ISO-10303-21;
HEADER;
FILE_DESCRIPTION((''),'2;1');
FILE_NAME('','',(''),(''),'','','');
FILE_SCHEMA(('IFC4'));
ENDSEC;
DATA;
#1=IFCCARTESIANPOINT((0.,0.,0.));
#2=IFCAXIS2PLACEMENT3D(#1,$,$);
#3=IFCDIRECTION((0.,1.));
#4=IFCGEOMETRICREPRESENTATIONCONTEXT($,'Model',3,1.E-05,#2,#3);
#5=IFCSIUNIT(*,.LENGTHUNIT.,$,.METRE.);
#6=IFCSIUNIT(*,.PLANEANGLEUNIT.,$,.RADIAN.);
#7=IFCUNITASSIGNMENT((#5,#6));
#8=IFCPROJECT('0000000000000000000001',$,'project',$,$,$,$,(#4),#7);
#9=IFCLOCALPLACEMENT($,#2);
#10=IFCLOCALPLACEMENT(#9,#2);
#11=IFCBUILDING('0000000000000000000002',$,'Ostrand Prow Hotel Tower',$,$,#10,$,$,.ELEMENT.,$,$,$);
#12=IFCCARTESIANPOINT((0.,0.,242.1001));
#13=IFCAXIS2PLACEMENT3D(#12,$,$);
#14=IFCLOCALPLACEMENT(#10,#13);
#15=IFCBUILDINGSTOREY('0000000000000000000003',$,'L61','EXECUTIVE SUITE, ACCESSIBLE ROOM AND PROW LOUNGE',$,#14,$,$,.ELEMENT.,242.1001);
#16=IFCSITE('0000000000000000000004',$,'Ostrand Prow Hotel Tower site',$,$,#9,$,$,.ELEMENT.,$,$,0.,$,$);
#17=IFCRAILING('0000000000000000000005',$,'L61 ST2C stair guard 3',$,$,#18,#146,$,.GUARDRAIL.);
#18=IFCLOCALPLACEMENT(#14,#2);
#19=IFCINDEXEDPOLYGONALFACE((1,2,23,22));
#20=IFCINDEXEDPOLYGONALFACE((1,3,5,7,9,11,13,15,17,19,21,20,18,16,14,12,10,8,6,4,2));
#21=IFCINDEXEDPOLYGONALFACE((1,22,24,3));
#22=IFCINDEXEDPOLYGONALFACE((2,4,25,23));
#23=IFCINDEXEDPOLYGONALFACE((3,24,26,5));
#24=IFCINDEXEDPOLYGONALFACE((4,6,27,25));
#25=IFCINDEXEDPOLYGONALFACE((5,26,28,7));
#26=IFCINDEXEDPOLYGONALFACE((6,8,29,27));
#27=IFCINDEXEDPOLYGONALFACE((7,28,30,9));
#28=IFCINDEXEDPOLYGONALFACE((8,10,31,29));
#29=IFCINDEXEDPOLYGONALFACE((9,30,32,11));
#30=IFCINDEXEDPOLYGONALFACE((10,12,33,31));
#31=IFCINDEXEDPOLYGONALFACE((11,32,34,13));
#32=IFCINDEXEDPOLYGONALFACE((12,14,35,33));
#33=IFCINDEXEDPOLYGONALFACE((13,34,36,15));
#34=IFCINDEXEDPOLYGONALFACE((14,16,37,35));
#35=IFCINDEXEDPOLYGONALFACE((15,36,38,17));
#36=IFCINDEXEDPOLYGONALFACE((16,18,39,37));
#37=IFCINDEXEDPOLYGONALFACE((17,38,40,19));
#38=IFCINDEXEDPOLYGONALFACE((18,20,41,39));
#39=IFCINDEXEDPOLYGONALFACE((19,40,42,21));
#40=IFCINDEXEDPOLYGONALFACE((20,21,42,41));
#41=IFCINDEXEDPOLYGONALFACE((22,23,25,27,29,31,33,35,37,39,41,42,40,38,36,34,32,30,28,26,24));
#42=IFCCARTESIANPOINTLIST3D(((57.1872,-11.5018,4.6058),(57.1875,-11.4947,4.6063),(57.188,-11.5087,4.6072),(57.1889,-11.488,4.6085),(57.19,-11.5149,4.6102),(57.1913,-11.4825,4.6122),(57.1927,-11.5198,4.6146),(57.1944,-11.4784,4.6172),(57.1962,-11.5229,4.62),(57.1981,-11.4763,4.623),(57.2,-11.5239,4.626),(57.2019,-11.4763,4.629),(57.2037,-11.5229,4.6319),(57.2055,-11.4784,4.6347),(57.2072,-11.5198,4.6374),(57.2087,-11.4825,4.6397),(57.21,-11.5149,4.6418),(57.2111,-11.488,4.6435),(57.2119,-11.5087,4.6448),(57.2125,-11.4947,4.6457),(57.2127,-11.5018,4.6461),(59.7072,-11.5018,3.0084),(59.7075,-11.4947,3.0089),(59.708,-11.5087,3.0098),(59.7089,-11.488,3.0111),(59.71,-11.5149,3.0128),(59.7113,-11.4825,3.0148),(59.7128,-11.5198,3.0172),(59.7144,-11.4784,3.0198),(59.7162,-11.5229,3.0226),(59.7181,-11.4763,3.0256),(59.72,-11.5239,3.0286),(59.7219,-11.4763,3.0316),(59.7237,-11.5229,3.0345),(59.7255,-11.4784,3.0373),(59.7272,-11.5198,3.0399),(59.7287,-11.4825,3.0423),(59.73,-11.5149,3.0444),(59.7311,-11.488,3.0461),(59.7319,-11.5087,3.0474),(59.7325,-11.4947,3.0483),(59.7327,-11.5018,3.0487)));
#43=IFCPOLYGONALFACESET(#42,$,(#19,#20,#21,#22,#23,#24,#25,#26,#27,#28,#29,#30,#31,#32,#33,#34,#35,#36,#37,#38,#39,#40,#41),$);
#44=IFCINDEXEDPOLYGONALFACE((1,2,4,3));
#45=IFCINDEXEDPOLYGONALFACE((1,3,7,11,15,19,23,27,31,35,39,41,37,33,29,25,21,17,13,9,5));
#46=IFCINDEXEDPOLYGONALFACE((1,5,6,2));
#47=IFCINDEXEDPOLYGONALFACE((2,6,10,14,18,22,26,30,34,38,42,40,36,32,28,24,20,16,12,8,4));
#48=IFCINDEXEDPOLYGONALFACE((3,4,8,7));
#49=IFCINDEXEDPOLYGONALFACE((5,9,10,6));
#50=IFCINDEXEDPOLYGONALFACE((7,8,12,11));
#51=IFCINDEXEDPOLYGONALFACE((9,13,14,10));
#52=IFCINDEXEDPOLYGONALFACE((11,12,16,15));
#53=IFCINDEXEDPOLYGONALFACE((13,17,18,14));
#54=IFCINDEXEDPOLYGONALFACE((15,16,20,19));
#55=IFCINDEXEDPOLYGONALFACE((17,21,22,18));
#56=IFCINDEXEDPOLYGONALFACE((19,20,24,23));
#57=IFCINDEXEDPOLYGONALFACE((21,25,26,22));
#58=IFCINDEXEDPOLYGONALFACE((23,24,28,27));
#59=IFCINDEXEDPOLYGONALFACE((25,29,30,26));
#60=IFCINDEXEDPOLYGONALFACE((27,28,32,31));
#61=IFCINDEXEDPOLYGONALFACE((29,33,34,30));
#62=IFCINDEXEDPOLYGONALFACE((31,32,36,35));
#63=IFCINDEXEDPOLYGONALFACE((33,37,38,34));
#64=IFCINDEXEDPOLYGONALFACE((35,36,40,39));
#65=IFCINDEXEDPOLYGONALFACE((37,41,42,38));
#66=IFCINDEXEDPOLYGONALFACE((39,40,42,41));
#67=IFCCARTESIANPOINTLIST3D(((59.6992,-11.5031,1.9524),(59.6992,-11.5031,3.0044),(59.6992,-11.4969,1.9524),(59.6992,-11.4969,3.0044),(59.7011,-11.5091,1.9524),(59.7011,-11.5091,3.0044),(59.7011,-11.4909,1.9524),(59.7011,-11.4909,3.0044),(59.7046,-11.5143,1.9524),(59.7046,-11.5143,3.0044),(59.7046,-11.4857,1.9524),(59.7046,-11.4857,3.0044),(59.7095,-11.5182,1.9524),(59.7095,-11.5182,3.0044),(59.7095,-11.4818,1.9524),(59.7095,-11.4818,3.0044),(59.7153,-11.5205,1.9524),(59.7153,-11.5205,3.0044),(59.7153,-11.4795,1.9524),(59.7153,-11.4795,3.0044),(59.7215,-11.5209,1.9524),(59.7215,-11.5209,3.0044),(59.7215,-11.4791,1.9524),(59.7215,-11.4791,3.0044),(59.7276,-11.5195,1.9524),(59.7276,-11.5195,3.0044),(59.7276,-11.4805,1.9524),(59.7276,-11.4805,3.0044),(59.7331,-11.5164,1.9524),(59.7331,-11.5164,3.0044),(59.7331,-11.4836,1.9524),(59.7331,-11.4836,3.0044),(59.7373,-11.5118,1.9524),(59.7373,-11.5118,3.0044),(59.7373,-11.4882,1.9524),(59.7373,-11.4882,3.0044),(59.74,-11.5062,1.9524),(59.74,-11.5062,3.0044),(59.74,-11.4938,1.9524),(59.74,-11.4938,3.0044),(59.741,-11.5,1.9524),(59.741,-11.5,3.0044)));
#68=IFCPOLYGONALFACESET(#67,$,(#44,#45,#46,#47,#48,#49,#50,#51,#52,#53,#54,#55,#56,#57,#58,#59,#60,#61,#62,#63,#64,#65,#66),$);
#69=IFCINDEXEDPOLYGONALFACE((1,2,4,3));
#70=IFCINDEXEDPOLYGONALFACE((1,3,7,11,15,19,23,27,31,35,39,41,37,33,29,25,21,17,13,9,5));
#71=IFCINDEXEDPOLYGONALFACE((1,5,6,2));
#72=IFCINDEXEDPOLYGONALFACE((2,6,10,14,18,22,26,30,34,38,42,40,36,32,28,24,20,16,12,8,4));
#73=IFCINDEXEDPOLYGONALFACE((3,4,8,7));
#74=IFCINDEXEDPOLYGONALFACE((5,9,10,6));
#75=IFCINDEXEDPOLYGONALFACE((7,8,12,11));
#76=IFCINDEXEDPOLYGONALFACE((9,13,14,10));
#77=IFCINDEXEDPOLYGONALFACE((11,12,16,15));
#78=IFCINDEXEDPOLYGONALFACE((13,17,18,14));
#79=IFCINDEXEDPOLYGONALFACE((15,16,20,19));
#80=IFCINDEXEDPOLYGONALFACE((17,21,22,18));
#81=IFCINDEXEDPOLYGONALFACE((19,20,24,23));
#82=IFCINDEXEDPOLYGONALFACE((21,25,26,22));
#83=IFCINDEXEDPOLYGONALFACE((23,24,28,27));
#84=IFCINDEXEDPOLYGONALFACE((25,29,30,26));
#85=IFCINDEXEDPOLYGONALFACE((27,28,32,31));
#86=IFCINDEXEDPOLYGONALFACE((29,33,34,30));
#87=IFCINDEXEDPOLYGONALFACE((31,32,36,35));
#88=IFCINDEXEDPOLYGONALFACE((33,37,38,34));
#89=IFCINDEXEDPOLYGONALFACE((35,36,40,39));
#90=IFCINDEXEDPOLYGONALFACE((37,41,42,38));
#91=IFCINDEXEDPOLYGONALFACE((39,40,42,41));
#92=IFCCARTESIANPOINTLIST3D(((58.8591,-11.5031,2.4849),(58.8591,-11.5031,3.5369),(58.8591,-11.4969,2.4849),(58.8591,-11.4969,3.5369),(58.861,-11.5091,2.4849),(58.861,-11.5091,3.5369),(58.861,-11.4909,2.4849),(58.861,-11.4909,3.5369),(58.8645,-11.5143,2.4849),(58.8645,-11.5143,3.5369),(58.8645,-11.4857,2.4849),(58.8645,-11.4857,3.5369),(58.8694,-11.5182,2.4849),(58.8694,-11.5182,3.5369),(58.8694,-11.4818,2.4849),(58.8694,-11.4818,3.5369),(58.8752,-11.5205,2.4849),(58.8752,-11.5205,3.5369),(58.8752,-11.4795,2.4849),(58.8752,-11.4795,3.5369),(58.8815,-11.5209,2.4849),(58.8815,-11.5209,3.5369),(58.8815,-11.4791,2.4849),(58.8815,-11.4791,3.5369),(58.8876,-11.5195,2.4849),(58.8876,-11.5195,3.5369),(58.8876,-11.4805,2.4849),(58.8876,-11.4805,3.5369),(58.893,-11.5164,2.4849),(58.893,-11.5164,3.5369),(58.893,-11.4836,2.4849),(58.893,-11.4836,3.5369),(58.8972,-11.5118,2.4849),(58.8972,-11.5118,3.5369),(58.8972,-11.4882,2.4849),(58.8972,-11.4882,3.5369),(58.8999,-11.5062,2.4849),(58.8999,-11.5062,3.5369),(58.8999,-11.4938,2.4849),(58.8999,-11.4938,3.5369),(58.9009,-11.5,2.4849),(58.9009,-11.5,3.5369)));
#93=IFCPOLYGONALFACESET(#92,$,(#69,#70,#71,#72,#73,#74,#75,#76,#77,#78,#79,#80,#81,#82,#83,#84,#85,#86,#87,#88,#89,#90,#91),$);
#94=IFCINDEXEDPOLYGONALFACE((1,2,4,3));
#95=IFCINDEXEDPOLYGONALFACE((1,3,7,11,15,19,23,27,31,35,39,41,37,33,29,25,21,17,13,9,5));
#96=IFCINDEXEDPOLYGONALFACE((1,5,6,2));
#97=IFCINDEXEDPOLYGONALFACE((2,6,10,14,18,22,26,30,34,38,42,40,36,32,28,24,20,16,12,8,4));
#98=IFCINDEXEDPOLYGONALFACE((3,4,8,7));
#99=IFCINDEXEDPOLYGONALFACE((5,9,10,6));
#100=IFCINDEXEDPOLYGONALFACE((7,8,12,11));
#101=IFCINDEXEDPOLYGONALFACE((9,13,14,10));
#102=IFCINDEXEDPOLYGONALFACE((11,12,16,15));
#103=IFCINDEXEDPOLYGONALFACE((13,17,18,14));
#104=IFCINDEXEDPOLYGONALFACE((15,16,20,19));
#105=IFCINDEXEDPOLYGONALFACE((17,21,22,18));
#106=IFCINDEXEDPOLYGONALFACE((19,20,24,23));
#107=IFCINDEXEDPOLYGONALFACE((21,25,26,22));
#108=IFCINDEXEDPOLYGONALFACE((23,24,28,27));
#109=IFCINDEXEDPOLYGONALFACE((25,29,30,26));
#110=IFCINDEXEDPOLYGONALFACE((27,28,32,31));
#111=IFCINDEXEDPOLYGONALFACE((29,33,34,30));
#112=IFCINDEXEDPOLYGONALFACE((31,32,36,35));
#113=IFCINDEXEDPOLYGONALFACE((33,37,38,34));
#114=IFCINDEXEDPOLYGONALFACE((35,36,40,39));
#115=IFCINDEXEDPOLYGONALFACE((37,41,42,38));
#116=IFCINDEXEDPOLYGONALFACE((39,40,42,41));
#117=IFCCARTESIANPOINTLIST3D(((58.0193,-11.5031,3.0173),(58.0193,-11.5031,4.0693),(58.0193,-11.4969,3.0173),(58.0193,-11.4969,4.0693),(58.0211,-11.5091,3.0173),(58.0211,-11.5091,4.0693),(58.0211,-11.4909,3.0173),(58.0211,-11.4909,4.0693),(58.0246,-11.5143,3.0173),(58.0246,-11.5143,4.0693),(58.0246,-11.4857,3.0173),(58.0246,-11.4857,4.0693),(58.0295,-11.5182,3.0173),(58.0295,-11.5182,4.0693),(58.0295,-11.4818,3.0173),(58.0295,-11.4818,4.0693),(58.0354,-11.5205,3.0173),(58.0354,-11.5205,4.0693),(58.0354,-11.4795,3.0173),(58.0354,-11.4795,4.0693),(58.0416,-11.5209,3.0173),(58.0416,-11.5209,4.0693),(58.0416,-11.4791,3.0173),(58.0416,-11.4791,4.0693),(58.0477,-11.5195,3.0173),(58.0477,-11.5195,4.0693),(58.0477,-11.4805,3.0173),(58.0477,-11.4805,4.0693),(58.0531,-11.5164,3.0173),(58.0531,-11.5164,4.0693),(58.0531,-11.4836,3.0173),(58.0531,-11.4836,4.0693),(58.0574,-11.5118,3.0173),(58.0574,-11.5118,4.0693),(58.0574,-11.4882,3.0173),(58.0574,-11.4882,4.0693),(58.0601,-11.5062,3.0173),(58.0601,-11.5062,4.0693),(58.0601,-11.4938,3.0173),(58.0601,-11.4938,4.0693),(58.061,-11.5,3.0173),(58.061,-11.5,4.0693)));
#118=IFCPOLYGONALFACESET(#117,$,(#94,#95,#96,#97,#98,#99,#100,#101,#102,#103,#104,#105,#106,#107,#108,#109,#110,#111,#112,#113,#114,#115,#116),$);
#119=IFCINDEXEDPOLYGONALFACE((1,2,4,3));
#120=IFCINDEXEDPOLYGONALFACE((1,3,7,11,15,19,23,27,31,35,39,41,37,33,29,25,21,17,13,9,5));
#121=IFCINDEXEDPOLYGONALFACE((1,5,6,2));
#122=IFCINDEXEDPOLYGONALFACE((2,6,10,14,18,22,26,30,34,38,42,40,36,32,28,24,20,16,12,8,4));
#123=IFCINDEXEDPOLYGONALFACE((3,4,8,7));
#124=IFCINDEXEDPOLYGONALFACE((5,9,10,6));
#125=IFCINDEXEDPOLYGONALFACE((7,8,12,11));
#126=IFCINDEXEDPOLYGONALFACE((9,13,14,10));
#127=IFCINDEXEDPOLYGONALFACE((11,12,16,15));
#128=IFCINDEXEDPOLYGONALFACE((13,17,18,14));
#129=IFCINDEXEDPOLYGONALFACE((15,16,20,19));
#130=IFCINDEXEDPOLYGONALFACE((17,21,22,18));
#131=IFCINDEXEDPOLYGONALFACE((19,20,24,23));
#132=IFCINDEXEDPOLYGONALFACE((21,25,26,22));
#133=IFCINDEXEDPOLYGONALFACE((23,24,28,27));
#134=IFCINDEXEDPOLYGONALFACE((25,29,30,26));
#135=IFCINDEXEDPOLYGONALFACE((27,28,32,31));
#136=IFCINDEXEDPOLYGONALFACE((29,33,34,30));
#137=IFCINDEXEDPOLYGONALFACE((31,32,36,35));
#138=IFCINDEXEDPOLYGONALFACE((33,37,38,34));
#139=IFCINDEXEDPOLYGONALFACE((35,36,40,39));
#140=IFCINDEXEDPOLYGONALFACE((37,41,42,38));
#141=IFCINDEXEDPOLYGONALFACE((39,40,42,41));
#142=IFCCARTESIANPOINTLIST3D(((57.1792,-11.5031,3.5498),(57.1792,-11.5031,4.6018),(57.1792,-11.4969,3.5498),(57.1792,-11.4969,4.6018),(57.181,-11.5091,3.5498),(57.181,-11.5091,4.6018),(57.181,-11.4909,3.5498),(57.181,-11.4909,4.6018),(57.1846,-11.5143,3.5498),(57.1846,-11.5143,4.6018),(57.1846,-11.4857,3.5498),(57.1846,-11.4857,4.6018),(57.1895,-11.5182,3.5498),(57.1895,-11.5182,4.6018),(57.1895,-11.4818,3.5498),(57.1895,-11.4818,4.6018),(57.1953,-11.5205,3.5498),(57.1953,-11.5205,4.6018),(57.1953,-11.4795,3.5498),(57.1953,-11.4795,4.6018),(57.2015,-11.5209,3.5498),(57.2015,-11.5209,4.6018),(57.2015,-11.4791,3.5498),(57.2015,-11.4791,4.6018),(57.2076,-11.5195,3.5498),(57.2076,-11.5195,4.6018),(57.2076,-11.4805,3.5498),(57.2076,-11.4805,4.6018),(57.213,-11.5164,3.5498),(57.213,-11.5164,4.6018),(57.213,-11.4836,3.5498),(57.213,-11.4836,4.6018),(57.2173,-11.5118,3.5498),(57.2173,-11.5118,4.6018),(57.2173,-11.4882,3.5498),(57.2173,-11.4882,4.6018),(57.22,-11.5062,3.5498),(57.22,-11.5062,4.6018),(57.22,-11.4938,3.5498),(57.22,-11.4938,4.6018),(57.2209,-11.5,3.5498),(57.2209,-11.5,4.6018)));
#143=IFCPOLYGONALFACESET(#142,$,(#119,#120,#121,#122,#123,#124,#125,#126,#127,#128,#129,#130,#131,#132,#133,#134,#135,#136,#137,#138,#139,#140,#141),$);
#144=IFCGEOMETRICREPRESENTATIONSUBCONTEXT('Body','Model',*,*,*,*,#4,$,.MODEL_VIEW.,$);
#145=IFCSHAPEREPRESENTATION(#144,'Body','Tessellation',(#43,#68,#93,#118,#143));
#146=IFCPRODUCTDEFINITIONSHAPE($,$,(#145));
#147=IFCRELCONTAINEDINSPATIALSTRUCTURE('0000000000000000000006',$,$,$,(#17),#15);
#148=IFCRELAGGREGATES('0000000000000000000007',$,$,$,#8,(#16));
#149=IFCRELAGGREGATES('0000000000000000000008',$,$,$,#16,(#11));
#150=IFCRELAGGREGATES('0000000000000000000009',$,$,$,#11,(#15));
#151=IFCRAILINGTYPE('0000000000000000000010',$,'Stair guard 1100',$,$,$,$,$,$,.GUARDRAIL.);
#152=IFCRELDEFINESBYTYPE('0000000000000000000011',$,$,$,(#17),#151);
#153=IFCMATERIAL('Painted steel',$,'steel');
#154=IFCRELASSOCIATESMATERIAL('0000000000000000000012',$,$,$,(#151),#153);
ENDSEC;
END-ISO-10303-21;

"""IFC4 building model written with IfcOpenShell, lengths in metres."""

from ifc_helpers import new_model, si_unit, direction, frame, origin, origin_2d, place, context, subcontext, project, spatial, circle, extrude, material, type_object, element, save


model = new_model("IFC4")

# Units and contexts
model_context = context("Model", 3, precision=1e-05, world=origin(), true_north=direction((0.0, 1.0)))
body_context = subcontext(model_context, "Body", "Model", "MODEL_VIEW")
ifc_project = project(units=[si_unit("LENGTHUNIT", "METRE"), si_unit("PLANEANGLEUNIT", "RADIAN")], contexts=[model_context])

# Site, building, storey
site_placement = place(None, origin())
site = spatial("IfcSite", under=ifc_project, at=site_placement, Name="Ostrand Prow Hotel Tower site", CompositionType="ELEMENT", RefElevation=0.0)
building_placement = place(site_placement, origin())
building = spatial("IfcBuilding", under=site, at=building_placement, Name="Ostrand Prow Hotel Tower", CompositionType="ELEMENT")
storey_placement = place(building_placement, frame((0.0, 0.0, 242.1001)))
storey = spatial("IfcBuildingStorey", under=building, at=storey_placement, Name="L61", Description="EXECUTIVE SUITE, ACCESSIBLE ROOM AND PROW LOUNGE", CompositionType="ELEMENT", Elevation=242.1001)

# Railing
ifc_material_1 = material(Name="Painted steel", Category="steel")
railing_type_1 = type_object("IfcRailingType", Name="Stair guard 1100", PredefinedType="GUARDRAIL", material=ifc_material_1)
railing_1_placement = place(storey_placement, frame((59.72, -11.5, 1.9524)))
element("IfcRailing", 1, at=railing_1_placement, inside=storey, type_object=railing_type_1, Name="L61 ST2C stair guard 3", PredefinedType="GUARDRAIL", context=body_context, shape_type="SweptSolid", body=[
    extrude(circle(Radius=0.0239, at=origin_2d()), frame((0.0, 0.0, 1.0762), z_axis=(-0.844607, 0.0, 0.535387), x_axis=(0.0, -1.0, 0.0)), (0.0, 0.0, 1.0), 2.9836),
    extrude(circle(Radius=0.021, at=origin_2d()), origin(), (0.0, 0.0, 1.0), 1.052),
    extrude(circle(Radius=0.021, at=origin_2d()), frame((-0.8401, 0.0, 0.5325)), (0.0, 0.0, 1.0), 1.052),
    extrude(circle(Radius=0.021, at=origin_2d()), frame((-1.6799, 0.0, 1.0649)), (0.0, 0.0, 1.0), 1.052),
    extrude(circle(Radius=0.021, at=origin_2d()), frame((-2.52, 0.0, 1.5974)), (0.0, 0.0, 1.0), 1.052),
])

save(model, "model.ifc")
